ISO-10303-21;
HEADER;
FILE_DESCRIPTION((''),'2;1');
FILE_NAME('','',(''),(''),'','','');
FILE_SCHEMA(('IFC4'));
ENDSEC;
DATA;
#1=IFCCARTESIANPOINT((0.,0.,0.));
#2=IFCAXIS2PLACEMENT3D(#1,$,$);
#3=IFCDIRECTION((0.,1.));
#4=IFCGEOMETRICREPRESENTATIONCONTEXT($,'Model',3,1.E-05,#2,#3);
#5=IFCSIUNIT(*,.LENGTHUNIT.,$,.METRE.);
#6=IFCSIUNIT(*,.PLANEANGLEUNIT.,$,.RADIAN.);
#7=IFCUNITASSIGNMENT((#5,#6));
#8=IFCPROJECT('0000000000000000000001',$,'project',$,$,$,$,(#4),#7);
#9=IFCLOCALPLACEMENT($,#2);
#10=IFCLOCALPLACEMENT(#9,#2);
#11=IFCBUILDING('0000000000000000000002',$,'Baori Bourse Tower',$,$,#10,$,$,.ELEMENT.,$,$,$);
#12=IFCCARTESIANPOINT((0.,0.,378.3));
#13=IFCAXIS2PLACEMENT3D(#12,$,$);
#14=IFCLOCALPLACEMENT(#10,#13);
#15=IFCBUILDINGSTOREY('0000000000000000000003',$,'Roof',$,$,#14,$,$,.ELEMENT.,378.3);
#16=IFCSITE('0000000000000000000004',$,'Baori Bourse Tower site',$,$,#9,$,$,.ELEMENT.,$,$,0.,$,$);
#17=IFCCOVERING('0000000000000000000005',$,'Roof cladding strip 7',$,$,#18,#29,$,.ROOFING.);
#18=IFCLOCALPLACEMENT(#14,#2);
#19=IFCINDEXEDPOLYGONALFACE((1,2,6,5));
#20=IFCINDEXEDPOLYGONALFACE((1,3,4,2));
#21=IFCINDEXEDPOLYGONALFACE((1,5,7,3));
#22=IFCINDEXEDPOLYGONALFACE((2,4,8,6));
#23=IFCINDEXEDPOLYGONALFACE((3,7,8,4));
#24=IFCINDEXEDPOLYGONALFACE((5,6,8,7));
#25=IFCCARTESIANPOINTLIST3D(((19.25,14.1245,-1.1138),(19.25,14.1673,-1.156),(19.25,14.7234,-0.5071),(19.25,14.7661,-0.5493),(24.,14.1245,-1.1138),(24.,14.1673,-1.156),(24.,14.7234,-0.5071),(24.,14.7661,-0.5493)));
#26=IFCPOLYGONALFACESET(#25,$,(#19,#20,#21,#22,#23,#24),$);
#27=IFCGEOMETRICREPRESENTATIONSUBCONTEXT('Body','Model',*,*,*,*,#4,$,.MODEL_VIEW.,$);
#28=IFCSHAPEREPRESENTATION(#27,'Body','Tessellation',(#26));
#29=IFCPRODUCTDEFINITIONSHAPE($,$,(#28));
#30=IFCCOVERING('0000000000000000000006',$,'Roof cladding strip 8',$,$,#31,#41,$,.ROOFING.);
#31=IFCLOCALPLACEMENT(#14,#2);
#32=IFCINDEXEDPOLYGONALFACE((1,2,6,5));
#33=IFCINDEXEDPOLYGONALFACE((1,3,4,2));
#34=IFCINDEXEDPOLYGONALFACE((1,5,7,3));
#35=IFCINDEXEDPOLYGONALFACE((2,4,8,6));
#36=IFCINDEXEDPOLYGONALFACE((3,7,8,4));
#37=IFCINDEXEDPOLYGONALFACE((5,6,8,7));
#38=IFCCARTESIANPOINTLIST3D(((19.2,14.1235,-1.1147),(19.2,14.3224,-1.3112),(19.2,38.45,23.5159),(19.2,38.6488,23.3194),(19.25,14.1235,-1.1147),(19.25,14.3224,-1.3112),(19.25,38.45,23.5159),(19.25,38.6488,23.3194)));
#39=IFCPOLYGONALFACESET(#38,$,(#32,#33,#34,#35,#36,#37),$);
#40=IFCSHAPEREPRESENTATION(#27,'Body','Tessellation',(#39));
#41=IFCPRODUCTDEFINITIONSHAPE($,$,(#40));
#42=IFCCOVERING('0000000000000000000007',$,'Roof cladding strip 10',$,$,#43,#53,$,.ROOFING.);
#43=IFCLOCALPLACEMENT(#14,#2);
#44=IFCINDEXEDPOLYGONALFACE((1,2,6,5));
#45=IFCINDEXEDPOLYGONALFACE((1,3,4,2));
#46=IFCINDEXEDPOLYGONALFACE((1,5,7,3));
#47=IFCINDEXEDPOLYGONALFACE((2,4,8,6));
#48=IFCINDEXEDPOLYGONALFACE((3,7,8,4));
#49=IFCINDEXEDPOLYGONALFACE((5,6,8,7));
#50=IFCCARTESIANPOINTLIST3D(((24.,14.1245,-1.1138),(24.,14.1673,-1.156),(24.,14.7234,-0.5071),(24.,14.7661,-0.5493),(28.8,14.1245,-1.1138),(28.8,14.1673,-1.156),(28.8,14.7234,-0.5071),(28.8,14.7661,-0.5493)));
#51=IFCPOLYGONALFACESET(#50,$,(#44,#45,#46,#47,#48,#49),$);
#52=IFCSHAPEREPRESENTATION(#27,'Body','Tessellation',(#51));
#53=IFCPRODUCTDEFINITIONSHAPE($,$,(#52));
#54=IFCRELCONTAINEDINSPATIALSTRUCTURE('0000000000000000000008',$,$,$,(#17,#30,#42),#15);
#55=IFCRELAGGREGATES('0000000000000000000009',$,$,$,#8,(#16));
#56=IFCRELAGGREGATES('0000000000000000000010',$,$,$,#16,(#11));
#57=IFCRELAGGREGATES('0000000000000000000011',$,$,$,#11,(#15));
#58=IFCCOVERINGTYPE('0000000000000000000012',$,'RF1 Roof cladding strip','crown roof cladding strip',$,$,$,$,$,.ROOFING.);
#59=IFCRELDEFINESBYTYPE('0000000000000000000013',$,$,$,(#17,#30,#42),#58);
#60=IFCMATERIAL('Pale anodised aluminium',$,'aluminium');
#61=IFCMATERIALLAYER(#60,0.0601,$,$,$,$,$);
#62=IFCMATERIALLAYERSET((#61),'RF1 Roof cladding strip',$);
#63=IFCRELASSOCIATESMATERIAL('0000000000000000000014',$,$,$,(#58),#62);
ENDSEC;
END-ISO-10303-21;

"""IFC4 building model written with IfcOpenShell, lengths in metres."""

from ifc_helpers import new_model, si_unit, direction, frame, origin, place, context, subcontext, project, spatial, polyline, outline, extrude, material, layer, layer_set, type_object, element, save


model = new_model("IFC4")

# Units and contexts
model_context = context("Model", 3, precision=1e-05, world=origin(), true_north=direction((0.0, 1.0)))
body_context = subcontext(model_context, "Body", "Model", "MODEL_VIEW")
ifc_project = project(units=[si_unit("LENGTHUNIT", "METRE"), si_unit("PLANEANGLEUNIT", "RADIAN")], contexts=[model_context])

# Site, building, storey
site_placement = place(None, origin())
site = spatial("IfcSite", under=ifc_project, at=site_placement, Name="Baori Bourse Tower site", CompositionType="ELEMENT", RefElevation=0.0)
building_placement = place(site_placement, origin())
building = spatial("IfcBuilding", under=site, at=building_placement, Name="Baori Bourse Tower", CompositionType="ELEMENT")
storey_placement = place(building_placement, frame((0.0, 0.0, 378.3)))
storey = spatial("IfcBuildingStorey", under=building, at=storey_placement, Name="Roof", CompositionType="ELEMENT", Elevation=378.3)

# Coverings
ifc_material_1 = material(Name="Pale anodised aluminium", Category="aluminium")
ifc_layer_1 = layer(ifc_material_1, 0.0601)
ifc_layer_set_1 = layer_set([ifc_layer_1], Name="RF1 Roof cladding strip")
covering_type = type_object("IfcCoveringType", Name="RF1 Roof cladding strip", Description="crown roof cladding strip", PredefinedType="ROOFING", material=ifc_layer_set_1)
covering_1_placement = place(storey_placement, frame((24.0, 14.7234, -0.5071), z_axis=(0.0, -0.711674, 0.70251), x_axis=(-1.0, 0.0, 0.0)))
element("IfcCovering", 1, at=covering_1_placement, inside=storey, type_object=covering_type, Name="Roof cladding strip 7", PredefinedType="ROOFING", context=body_context, shape_type="SweptSolid", body=[
    extrude(outline(polyline([(0.0, 0.0), (4.75, 0.0), (4.75, 0.8525), (0.0, 0.8525), (0.0, 0.0)])), origin(), (0.0, 0.0, -1.0), 0.0601),
])
covering_2_placement = place(storey_placement, frame((19.25, 14.1235, -1.1147), z_axis=(0.0, -0.711487, 0.7027), x_axis=(0.0, 0.7027, 0.711487)))
element("IfcCovering", 2, at=covering_2_placement, inside=storey, type_object=covering_type, Name="Roof cladding strip 8", PredefinedType="ROOFING", context=body_context, shape_type="SweptSolid", body=[
    extrude(outline(polyline([(0.0, 0.0), (34.6185, 0.0), (34.6185, 0.05), (0.0, 0.05), (0.0, 0.0)])), origin(), (0.0, 0.0, -1.0), 0.2795),
])
covering_3_placement = place(storey_placement, frame((24.0, 14.7234, -0.5071), z_axis=(0.0, -0.711674, 0.70251), x_axis=(0.0, -0.70251, -0.711674)))
element("IfcCovering", 3, at=covering_3_placement, inside=storey, type_object=covering_type, Name="Roof cladding strip 10", PredefinedType="ROOFING", context=body_context, shape_type="SweptSolid", body=[
    extrude(outline(polyline([(0.0, 0.0), (0.8525, 0.0), (0.8525, 4.8), (0.0, 4.8), (0.0, 0.0)])), origin(), (0.0, 0.0, -1.0), 0.0601),
])

save(model, "model.ifc")
